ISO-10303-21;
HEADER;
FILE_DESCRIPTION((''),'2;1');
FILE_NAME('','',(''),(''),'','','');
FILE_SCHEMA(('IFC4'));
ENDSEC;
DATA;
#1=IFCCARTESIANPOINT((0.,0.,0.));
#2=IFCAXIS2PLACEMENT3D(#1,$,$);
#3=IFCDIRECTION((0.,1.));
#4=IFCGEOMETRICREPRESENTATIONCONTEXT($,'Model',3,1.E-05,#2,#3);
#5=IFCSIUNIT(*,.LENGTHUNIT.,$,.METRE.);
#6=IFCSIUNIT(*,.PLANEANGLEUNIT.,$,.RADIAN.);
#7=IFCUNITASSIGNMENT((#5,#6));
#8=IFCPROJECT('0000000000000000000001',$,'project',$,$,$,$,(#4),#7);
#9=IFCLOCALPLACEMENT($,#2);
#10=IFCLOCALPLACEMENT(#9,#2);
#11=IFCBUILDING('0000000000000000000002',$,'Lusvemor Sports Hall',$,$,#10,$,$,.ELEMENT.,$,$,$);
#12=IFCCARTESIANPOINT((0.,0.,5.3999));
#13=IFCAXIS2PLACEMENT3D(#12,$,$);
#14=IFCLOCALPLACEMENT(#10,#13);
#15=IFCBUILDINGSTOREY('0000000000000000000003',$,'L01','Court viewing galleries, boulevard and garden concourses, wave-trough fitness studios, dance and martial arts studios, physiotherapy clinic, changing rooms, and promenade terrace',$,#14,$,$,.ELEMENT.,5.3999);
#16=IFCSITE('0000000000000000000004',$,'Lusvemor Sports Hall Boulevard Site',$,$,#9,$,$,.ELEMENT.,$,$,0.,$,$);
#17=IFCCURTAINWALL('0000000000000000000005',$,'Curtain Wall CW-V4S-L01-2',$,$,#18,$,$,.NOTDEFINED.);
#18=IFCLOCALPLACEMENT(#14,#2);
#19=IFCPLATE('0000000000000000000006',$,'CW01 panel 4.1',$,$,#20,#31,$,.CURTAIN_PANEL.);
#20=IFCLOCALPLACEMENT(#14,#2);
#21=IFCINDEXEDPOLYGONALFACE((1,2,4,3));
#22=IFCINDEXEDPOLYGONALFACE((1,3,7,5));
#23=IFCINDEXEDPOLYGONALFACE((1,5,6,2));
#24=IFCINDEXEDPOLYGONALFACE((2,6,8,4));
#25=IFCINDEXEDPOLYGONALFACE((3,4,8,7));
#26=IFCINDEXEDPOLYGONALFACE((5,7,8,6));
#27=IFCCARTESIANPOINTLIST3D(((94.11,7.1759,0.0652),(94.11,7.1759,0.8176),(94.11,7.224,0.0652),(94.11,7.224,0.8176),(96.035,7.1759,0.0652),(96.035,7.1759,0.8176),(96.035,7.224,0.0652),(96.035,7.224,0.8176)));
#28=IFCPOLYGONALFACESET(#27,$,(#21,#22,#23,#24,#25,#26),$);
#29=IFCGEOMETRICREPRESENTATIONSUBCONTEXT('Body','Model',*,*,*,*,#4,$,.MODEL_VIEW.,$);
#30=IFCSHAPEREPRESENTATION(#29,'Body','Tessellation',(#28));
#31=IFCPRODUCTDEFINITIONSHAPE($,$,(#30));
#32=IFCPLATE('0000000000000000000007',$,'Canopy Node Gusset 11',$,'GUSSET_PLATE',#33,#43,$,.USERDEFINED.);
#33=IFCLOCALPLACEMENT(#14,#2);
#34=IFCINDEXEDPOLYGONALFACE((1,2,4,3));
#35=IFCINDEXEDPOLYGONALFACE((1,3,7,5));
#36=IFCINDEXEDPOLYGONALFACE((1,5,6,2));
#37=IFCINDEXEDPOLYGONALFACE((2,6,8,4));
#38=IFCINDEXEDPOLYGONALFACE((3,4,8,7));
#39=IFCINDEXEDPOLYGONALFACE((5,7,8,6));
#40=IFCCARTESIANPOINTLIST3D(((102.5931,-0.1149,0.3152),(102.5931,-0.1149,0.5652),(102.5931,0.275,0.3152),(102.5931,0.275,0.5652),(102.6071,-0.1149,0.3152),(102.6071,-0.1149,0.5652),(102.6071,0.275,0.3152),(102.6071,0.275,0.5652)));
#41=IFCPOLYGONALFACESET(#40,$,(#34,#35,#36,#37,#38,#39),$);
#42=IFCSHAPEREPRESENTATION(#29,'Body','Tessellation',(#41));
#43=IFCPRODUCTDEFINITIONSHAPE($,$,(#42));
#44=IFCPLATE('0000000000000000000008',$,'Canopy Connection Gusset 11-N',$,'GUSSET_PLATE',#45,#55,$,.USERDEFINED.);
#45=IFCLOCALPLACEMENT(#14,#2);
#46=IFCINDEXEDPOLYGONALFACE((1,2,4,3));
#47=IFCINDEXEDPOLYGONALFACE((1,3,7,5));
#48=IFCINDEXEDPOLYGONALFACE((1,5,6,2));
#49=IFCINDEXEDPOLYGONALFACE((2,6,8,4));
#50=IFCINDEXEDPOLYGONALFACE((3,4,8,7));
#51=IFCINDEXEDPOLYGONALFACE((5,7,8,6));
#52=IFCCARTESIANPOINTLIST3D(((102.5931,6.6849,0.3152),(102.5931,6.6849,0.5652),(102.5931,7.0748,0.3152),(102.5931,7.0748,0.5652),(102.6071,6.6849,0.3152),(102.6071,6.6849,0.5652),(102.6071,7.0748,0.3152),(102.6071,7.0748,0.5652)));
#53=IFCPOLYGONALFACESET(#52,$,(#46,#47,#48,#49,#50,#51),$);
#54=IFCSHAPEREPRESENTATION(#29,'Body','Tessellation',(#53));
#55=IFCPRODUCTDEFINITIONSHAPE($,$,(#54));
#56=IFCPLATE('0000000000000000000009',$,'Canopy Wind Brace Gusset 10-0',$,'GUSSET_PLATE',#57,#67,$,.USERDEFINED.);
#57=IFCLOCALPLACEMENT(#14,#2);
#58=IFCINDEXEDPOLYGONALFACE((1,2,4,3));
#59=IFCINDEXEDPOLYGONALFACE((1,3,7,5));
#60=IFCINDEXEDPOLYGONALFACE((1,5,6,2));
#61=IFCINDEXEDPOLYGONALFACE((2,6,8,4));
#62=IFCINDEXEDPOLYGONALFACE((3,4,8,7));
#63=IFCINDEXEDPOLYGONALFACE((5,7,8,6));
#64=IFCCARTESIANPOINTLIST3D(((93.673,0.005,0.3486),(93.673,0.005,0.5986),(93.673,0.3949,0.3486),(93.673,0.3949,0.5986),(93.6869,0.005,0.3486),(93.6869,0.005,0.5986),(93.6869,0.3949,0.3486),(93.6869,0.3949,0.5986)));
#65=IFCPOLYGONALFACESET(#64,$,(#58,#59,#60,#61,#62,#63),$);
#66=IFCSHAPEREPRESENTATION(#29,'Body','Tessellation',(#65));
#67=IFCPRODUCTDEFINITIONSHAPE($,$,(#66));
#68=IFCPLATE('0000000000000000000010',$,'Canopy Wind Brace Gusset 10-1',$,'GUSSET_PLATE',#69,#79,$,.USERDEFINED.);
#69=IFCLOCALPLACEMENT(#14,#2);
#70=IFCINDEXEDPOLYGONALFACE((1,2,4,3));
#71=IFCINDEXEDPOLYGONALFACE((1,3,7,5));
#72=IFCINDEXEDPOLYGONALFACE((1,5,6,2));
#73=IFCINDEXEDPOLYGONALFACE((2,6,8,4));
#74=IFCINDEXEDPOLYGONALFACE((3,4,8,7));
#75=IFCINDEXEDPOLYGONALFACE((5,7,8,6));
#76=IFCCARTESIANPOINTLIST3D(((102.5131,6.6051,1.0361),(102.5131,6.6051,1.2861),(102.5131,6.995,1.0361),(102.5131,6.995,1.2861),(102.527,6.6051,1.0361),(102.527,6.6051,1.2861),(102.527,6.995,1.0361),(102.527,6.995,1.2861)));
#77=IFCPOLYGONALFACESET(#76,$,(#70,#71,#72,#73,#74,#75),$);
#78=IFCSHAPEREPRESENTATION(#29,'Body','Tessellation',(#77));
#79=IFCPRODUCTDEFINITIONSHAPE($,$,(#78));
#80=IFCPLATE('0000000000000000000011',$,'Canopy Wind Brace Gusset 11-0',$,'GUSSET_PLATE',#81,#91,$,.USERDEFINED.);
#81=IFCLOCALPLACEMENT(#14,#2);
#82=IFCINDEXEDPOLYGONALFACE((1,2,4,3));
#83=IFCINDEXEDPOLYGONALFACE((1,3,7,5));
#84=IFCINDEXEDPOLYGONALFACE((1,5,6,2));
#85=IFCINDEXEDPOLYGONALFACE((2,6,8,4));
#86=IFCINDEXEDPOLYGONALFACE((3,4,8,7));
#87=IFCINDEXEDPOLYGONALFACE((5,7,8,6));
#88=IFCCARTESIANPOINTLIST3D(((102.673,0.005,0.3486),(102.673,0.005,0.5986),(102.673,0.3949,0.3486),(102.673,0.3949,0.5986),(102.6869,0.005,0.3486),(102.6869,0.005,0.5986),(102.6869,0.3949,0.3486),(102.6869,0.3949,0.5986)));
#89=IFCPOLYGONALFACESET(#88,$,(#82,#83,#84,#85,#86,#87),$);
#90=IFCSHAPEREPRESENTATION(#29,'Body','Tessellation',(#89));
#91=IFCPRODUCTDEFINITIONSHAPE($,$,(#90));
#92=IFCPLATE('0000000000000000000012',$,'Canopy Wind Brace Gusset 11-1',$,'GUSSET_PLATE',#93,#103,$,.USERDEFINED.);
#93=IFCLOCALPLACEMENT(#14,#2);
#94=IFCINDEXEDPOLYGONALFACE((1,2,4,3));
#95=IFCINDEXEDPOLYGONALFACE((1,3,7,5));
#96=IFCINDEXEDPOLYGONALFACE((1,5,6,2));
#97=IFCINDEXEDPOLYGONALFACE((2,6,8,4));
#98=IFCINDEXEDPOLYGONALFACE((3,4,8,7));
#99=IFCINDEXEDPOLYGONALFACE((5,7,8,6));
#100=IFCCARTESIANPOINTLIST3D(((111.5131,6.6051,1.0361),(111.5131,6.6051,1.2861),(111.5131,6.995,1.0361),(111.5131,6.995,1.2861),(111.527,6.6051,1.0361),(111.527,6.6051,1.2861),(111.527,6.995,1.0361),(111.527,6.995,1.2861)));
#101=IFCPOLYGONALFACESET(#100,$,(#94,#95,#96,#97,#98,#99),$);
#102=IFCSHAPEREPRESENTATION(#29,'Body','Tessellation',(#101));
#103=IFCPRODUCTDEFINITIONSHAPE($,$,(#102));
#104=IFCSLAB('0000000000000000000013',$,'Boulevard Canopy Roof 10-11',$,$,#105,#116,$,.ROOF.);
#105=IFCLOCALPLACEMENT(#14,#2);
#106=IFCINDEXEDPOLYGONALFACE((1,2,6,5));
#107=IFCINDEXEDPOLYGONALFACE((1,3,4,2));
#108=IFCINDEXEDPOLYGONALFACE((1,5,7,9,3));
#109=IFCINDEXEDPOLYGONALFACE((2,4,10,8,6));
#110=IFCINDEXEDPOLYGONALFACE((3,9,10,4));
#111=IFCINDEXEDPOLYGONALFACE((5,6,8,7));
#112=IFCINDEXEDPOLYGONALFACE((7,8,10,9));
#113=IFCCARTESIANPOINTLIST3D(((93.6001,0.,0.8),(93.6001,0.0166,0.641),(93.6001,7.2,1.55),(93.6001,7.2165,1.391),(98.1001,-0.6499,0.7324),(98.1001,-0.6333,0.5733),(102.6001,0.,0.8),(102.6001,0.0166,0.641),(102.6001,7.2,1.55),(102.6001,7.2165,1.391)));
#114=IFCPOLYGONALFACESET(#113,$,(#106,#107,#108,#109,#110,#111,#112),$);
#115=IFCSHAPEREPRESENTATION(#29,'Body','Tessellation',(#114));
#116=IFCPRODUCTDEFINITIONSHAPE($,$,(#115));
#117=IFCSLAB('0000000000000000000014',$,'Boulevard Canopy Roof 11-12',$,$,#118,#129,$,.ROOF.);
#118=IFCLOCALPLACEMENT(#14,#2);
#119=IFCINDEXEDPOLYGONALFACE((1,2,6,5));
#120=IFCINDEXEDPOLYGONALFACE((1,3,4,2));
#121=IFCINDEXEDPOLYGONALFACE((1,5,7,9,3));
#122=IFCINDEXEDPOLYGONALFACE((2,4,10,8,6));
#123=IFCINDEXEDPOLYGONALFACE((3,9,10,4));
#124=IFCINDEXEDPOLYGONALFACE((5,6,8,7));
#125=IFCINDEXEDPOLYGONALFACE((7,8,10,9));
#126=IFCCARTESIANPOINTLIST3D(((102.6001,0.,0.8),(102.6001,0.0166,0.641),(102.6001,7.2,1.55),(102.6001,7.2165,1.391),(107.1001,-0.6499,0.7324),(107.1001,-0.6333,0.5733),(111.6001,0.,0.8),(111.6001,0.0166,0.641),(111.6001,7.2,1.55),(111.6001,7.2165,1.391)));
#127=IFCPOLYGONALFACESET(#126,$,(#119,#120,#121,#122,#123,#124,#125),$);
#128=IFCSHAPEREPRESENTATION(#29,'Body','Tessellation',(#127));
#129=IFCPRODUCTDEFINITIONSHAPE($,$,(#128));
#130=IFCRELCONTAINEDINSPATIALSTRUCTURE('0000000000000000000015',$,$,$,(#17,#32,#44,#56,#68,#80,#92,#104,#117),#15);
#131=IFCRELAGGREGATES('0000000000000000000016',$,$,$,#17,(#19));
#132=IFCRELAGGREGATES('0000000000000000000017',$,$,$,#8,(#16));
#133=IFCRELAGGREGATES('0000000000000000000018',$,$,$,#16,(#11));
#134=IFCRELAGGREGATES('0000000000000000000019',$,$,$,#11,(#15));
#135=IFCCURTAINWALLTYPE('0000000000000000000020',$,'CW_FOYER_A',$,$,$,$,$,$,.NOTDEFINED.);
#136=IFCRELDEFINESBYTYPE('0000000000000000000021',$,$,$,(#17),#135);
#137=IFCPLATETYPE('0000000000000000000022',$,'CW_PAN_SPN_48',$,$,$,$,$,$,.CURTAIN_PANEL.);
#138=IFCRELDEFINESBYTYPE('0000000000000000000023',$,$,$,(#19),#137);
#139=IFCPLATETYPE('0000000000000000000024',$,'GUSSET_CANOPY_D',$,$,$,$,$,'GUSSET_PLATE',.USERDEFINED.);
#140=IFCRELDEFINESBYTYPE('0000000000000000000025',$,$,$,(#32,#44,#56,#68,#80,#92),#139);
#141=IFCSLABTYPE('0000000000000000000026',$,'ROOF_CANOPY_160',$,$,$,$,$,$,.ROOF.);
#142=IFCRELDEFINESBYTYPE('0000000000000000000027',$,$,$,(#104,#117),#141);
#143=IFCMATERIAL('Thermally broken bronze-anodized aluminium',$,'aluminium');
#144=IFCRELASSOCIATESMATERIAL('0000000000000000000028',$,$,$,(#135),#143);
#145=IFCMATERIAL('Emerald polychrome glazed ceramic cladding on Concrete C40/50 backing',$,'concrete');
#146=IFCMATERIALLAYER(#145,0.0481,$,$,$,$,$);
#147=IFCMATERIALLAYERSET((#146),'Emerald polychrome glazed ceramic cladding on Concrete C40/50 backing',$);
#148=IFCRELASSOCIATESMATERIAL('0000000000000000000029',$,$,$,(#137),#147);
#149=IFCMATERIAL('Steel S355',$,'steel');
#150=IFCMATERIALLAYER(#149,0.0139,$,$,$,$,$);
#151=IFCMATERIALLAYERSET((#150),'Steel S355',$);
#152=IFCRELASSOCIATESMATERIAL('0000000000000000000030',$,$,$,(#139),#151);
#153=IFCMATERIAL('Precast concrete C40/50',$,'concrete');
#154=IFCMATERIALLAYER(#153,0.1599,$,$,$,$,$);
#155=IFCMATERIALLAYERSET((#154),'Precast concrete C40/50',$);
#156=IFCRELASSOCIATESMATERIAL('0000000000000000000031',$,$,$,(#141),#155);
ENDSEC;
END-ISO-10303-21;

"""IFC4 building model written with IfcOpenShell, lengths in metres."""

from ifc_helpers import new_model, si_unit, direction, frame, origin, origin_2d, place, context, subcontext, project, spatial, polyline, rectangle, outline, extrude, material, layer, layer_set, type_object, element, aggregate, save


model = new_model("IFC4")

# Units and contexts
model_context = context("Model", 3, precision=1e-05, world=origin(), true_north=direction((0.0, 1.0)))
body_context = subcontext(model_context, "Body", "Model", "MODEL_VIEW")
ifc_project = project(units=[si_unit("LENGTHUNIT", "METRE"), si_unit("PLANEANGLEUNIT", "RADIAN")], contexts=[model_context])

# Site, building, storey
site_placement = place(None, origin())
site = spatial("IfcSite", under=ifc_project, at=site_placement, Name="Lusvemor Sports Hall Boulevard Site", CompositionType="ELEMENT", RefElevation=0.0)
building_placement = place(site_placement, origin())
building = spatial("IfcBuilding", under=site, at=building_placement, Name="Lusvemor Sports Hall", CompositionType="ELEMENT")
storey_placement = place(building_placement, frame((0.0, 0.0, 5.3999)))
storey = spatial("IfcBuildingStorey", under=building, at=storey_placement, Name="L01", Description="Court viewing galleries, boulevard and garden concourses, wave-trough fitness studios, dance and martial arts studios, physiotherapy clinic, changing rooms, and promenade terrace", CompositionType="ELEMENT", Elevation=5.3999)

# Curtain wall
ifc_material_1 = material(Name="Thermally broken bronze-anodized aluminium", Category="aluminium")
curtain_wall_type = type_object("IfcCurtainWallType", Name="CW_FOYER_A", PredefinedType="NOTDEFINED", material=ifc_material_1)
curtain_wall_placement = place(storey_placement, origin())
curtain_wall = element("IfcCurtainWall", 1, at=curtain_wall_placement, inside=storey, type_object=curtain_wall_type, Name="Curtain Wall CW-V4S-L01-2", PredefinedType="NOTDEFINED")

# Plate
ifc_material_2 = material(Name="Emerald polychrome glazed ceramic cladding on Concrete C40/50 backing", Category="concrete")
ifc_layer_1 = layer(ifc_material_2, 0.0481)
ifc_layer_set_1 = layer_set([ifc_layer_1], Name="Emerald polychrome glazed ceramic cladding on Concrete C40/50 backing")
plate_type_1 = type_object("IfcPlateType", Name="CW_PAN_SPN_48", PredefinedType="CURTAIN_PANEL", material=ifc_layer_set_1)
plate_1_placement = place(storey_placement, frame((95.0725, 7.2, 0.0652), z_axis=(0.0, 0.0, 1.0), x_axis=(-1.0, 0.0, 0.0)))
plate_1 = element("IfcPlate", 2, at=plate_1_placement, type_object=plate_type_1, Name="CW01 panel 4.1", PredefinedType="CURTAIN_PANEL", context=body_context, shape_type="SweptSolid", body=[
    extrude(rectangle(XDim=1.925, YDim=0.0481, at=origin_2d()), origin(), (0.0, 0.0, 1.0), 0.7524),
])
aggregate(curtain_wall, [plate_1])

# Plates
ifc_material_3 = material(Name="Steel S355", Category="steel")
ifc_layer_2 = layer(ifc_material_3, 0.0139)
ifc_layer_set_2 = layer_set([ifc_layer_2], Name="Steel S355")
plate_type_2 = type_object("IfcPlateType", Name="GUSSET_CANOPY_D", ElementType="GUSSET_PLATE", PredefinedType="USERDEFINED", material=ifc_layer_set_2)
for number, where, z_axis, x_axis, name in (
    (3, (102.6001, 0.0801, 0.3152), (0.0, 0.0, 1.0), (1.0, 0.0, 0.0), "Canopy Node Gusset 11"),
    (4, (102.6001, 6.8799, 0.3152), (0.0, 0.0, 1.0), (1.0, 0.0, 0.0), "Canopy Connection Gusset 11-N"),
    (5, (93.6799, 0.2, 0.3486), (0.0, 0.0, 1.0), (1.0, 0.0, 0.0), "Canopy Wind Brace Gusset 10-0"),
    (6, (102.52, 6.8, 1.0361), (0.0, 0.0, 1.0), (1.0, 0.0, 0.0), "Canopy Wind Brace Gusset 10-1"),
    (7, (102.6799, 0.2, 0.3486), (0.0, 0.0, 1.0), (1.0, 0.0, 0.0), "Canopy Wind Brace Gusset 11-0"),
    (8, (111.52, 6.8, 1.0361), (0.0, 0.0, 1.0), (1.0, 0.0, 0.0), "Canopy Wind Brace Gusset 11-1"),
):
    element("IfcPlate", number, at=place(storey_placement, frame(where, z_axis=z_axis, x_axis=x_axis)), inside=storey, type_object=plate_type_2, Name=name, ObjectType="GUSSET_PLATE", PredefinedType="USERDEFINED", context=body_context, shape_type="SweptSolid", body=[
        extrude(rectangle(XDim=0.0139, YDim=0.3899, at=origin_2d()), origin(), (0.0, 0.0, 1.0), 0.25),
    ])

# Slabs
ifc_material_4 = material(Name="Precast concrete C40/50", Category="concrete")
ifc_layer_3 = layer(ifc_material_4, 0.1599)
ifc_layer_set_3 = layer_set([ifc_layer_3], Name="Precast concrete C40/50")
slab_type = type_object("IfcSlabType", Name="ROOF_CANOPY_160", PredefinedType="ROOF", material=ifc_layer_set_3)
for number, where, z_axis, x_axis, name in (
    (9, (102.6001, 0.0, 0.8), (0.0, -0.103602, 0.994619), (-0.989622, -0.142922, -0.014887), "Boulevard Canopy Roof 10-11"),
    (10, (111.6001, 0.0, 0.8), (0.0, -0.103602, 0.994619), (-0.989622, -0.142922, -0.014887), "Boulevard Canopy Roof 11-12"),
):
    element("IfcSlab", number, at=place(storey_placement, frame(where, z_axis=z_axis, x_axis=x_axis)), inside=storey, type_object=slab_type, Name=name, PredefinedType="ROOF", context=body_context, shape_type="SweptSolid", body=[
        extrude(outline(polyline([(0.0, 0.0), (4.5472, 0.0), (8.9066, -1.2933), (7.8664, -8.457), (-1.0402, -7.1638), (0.0, 0.0)])), origin(), (0.0, 0.0, -1.0), 0.1599),
    ])

save(model, "model.ifc")
